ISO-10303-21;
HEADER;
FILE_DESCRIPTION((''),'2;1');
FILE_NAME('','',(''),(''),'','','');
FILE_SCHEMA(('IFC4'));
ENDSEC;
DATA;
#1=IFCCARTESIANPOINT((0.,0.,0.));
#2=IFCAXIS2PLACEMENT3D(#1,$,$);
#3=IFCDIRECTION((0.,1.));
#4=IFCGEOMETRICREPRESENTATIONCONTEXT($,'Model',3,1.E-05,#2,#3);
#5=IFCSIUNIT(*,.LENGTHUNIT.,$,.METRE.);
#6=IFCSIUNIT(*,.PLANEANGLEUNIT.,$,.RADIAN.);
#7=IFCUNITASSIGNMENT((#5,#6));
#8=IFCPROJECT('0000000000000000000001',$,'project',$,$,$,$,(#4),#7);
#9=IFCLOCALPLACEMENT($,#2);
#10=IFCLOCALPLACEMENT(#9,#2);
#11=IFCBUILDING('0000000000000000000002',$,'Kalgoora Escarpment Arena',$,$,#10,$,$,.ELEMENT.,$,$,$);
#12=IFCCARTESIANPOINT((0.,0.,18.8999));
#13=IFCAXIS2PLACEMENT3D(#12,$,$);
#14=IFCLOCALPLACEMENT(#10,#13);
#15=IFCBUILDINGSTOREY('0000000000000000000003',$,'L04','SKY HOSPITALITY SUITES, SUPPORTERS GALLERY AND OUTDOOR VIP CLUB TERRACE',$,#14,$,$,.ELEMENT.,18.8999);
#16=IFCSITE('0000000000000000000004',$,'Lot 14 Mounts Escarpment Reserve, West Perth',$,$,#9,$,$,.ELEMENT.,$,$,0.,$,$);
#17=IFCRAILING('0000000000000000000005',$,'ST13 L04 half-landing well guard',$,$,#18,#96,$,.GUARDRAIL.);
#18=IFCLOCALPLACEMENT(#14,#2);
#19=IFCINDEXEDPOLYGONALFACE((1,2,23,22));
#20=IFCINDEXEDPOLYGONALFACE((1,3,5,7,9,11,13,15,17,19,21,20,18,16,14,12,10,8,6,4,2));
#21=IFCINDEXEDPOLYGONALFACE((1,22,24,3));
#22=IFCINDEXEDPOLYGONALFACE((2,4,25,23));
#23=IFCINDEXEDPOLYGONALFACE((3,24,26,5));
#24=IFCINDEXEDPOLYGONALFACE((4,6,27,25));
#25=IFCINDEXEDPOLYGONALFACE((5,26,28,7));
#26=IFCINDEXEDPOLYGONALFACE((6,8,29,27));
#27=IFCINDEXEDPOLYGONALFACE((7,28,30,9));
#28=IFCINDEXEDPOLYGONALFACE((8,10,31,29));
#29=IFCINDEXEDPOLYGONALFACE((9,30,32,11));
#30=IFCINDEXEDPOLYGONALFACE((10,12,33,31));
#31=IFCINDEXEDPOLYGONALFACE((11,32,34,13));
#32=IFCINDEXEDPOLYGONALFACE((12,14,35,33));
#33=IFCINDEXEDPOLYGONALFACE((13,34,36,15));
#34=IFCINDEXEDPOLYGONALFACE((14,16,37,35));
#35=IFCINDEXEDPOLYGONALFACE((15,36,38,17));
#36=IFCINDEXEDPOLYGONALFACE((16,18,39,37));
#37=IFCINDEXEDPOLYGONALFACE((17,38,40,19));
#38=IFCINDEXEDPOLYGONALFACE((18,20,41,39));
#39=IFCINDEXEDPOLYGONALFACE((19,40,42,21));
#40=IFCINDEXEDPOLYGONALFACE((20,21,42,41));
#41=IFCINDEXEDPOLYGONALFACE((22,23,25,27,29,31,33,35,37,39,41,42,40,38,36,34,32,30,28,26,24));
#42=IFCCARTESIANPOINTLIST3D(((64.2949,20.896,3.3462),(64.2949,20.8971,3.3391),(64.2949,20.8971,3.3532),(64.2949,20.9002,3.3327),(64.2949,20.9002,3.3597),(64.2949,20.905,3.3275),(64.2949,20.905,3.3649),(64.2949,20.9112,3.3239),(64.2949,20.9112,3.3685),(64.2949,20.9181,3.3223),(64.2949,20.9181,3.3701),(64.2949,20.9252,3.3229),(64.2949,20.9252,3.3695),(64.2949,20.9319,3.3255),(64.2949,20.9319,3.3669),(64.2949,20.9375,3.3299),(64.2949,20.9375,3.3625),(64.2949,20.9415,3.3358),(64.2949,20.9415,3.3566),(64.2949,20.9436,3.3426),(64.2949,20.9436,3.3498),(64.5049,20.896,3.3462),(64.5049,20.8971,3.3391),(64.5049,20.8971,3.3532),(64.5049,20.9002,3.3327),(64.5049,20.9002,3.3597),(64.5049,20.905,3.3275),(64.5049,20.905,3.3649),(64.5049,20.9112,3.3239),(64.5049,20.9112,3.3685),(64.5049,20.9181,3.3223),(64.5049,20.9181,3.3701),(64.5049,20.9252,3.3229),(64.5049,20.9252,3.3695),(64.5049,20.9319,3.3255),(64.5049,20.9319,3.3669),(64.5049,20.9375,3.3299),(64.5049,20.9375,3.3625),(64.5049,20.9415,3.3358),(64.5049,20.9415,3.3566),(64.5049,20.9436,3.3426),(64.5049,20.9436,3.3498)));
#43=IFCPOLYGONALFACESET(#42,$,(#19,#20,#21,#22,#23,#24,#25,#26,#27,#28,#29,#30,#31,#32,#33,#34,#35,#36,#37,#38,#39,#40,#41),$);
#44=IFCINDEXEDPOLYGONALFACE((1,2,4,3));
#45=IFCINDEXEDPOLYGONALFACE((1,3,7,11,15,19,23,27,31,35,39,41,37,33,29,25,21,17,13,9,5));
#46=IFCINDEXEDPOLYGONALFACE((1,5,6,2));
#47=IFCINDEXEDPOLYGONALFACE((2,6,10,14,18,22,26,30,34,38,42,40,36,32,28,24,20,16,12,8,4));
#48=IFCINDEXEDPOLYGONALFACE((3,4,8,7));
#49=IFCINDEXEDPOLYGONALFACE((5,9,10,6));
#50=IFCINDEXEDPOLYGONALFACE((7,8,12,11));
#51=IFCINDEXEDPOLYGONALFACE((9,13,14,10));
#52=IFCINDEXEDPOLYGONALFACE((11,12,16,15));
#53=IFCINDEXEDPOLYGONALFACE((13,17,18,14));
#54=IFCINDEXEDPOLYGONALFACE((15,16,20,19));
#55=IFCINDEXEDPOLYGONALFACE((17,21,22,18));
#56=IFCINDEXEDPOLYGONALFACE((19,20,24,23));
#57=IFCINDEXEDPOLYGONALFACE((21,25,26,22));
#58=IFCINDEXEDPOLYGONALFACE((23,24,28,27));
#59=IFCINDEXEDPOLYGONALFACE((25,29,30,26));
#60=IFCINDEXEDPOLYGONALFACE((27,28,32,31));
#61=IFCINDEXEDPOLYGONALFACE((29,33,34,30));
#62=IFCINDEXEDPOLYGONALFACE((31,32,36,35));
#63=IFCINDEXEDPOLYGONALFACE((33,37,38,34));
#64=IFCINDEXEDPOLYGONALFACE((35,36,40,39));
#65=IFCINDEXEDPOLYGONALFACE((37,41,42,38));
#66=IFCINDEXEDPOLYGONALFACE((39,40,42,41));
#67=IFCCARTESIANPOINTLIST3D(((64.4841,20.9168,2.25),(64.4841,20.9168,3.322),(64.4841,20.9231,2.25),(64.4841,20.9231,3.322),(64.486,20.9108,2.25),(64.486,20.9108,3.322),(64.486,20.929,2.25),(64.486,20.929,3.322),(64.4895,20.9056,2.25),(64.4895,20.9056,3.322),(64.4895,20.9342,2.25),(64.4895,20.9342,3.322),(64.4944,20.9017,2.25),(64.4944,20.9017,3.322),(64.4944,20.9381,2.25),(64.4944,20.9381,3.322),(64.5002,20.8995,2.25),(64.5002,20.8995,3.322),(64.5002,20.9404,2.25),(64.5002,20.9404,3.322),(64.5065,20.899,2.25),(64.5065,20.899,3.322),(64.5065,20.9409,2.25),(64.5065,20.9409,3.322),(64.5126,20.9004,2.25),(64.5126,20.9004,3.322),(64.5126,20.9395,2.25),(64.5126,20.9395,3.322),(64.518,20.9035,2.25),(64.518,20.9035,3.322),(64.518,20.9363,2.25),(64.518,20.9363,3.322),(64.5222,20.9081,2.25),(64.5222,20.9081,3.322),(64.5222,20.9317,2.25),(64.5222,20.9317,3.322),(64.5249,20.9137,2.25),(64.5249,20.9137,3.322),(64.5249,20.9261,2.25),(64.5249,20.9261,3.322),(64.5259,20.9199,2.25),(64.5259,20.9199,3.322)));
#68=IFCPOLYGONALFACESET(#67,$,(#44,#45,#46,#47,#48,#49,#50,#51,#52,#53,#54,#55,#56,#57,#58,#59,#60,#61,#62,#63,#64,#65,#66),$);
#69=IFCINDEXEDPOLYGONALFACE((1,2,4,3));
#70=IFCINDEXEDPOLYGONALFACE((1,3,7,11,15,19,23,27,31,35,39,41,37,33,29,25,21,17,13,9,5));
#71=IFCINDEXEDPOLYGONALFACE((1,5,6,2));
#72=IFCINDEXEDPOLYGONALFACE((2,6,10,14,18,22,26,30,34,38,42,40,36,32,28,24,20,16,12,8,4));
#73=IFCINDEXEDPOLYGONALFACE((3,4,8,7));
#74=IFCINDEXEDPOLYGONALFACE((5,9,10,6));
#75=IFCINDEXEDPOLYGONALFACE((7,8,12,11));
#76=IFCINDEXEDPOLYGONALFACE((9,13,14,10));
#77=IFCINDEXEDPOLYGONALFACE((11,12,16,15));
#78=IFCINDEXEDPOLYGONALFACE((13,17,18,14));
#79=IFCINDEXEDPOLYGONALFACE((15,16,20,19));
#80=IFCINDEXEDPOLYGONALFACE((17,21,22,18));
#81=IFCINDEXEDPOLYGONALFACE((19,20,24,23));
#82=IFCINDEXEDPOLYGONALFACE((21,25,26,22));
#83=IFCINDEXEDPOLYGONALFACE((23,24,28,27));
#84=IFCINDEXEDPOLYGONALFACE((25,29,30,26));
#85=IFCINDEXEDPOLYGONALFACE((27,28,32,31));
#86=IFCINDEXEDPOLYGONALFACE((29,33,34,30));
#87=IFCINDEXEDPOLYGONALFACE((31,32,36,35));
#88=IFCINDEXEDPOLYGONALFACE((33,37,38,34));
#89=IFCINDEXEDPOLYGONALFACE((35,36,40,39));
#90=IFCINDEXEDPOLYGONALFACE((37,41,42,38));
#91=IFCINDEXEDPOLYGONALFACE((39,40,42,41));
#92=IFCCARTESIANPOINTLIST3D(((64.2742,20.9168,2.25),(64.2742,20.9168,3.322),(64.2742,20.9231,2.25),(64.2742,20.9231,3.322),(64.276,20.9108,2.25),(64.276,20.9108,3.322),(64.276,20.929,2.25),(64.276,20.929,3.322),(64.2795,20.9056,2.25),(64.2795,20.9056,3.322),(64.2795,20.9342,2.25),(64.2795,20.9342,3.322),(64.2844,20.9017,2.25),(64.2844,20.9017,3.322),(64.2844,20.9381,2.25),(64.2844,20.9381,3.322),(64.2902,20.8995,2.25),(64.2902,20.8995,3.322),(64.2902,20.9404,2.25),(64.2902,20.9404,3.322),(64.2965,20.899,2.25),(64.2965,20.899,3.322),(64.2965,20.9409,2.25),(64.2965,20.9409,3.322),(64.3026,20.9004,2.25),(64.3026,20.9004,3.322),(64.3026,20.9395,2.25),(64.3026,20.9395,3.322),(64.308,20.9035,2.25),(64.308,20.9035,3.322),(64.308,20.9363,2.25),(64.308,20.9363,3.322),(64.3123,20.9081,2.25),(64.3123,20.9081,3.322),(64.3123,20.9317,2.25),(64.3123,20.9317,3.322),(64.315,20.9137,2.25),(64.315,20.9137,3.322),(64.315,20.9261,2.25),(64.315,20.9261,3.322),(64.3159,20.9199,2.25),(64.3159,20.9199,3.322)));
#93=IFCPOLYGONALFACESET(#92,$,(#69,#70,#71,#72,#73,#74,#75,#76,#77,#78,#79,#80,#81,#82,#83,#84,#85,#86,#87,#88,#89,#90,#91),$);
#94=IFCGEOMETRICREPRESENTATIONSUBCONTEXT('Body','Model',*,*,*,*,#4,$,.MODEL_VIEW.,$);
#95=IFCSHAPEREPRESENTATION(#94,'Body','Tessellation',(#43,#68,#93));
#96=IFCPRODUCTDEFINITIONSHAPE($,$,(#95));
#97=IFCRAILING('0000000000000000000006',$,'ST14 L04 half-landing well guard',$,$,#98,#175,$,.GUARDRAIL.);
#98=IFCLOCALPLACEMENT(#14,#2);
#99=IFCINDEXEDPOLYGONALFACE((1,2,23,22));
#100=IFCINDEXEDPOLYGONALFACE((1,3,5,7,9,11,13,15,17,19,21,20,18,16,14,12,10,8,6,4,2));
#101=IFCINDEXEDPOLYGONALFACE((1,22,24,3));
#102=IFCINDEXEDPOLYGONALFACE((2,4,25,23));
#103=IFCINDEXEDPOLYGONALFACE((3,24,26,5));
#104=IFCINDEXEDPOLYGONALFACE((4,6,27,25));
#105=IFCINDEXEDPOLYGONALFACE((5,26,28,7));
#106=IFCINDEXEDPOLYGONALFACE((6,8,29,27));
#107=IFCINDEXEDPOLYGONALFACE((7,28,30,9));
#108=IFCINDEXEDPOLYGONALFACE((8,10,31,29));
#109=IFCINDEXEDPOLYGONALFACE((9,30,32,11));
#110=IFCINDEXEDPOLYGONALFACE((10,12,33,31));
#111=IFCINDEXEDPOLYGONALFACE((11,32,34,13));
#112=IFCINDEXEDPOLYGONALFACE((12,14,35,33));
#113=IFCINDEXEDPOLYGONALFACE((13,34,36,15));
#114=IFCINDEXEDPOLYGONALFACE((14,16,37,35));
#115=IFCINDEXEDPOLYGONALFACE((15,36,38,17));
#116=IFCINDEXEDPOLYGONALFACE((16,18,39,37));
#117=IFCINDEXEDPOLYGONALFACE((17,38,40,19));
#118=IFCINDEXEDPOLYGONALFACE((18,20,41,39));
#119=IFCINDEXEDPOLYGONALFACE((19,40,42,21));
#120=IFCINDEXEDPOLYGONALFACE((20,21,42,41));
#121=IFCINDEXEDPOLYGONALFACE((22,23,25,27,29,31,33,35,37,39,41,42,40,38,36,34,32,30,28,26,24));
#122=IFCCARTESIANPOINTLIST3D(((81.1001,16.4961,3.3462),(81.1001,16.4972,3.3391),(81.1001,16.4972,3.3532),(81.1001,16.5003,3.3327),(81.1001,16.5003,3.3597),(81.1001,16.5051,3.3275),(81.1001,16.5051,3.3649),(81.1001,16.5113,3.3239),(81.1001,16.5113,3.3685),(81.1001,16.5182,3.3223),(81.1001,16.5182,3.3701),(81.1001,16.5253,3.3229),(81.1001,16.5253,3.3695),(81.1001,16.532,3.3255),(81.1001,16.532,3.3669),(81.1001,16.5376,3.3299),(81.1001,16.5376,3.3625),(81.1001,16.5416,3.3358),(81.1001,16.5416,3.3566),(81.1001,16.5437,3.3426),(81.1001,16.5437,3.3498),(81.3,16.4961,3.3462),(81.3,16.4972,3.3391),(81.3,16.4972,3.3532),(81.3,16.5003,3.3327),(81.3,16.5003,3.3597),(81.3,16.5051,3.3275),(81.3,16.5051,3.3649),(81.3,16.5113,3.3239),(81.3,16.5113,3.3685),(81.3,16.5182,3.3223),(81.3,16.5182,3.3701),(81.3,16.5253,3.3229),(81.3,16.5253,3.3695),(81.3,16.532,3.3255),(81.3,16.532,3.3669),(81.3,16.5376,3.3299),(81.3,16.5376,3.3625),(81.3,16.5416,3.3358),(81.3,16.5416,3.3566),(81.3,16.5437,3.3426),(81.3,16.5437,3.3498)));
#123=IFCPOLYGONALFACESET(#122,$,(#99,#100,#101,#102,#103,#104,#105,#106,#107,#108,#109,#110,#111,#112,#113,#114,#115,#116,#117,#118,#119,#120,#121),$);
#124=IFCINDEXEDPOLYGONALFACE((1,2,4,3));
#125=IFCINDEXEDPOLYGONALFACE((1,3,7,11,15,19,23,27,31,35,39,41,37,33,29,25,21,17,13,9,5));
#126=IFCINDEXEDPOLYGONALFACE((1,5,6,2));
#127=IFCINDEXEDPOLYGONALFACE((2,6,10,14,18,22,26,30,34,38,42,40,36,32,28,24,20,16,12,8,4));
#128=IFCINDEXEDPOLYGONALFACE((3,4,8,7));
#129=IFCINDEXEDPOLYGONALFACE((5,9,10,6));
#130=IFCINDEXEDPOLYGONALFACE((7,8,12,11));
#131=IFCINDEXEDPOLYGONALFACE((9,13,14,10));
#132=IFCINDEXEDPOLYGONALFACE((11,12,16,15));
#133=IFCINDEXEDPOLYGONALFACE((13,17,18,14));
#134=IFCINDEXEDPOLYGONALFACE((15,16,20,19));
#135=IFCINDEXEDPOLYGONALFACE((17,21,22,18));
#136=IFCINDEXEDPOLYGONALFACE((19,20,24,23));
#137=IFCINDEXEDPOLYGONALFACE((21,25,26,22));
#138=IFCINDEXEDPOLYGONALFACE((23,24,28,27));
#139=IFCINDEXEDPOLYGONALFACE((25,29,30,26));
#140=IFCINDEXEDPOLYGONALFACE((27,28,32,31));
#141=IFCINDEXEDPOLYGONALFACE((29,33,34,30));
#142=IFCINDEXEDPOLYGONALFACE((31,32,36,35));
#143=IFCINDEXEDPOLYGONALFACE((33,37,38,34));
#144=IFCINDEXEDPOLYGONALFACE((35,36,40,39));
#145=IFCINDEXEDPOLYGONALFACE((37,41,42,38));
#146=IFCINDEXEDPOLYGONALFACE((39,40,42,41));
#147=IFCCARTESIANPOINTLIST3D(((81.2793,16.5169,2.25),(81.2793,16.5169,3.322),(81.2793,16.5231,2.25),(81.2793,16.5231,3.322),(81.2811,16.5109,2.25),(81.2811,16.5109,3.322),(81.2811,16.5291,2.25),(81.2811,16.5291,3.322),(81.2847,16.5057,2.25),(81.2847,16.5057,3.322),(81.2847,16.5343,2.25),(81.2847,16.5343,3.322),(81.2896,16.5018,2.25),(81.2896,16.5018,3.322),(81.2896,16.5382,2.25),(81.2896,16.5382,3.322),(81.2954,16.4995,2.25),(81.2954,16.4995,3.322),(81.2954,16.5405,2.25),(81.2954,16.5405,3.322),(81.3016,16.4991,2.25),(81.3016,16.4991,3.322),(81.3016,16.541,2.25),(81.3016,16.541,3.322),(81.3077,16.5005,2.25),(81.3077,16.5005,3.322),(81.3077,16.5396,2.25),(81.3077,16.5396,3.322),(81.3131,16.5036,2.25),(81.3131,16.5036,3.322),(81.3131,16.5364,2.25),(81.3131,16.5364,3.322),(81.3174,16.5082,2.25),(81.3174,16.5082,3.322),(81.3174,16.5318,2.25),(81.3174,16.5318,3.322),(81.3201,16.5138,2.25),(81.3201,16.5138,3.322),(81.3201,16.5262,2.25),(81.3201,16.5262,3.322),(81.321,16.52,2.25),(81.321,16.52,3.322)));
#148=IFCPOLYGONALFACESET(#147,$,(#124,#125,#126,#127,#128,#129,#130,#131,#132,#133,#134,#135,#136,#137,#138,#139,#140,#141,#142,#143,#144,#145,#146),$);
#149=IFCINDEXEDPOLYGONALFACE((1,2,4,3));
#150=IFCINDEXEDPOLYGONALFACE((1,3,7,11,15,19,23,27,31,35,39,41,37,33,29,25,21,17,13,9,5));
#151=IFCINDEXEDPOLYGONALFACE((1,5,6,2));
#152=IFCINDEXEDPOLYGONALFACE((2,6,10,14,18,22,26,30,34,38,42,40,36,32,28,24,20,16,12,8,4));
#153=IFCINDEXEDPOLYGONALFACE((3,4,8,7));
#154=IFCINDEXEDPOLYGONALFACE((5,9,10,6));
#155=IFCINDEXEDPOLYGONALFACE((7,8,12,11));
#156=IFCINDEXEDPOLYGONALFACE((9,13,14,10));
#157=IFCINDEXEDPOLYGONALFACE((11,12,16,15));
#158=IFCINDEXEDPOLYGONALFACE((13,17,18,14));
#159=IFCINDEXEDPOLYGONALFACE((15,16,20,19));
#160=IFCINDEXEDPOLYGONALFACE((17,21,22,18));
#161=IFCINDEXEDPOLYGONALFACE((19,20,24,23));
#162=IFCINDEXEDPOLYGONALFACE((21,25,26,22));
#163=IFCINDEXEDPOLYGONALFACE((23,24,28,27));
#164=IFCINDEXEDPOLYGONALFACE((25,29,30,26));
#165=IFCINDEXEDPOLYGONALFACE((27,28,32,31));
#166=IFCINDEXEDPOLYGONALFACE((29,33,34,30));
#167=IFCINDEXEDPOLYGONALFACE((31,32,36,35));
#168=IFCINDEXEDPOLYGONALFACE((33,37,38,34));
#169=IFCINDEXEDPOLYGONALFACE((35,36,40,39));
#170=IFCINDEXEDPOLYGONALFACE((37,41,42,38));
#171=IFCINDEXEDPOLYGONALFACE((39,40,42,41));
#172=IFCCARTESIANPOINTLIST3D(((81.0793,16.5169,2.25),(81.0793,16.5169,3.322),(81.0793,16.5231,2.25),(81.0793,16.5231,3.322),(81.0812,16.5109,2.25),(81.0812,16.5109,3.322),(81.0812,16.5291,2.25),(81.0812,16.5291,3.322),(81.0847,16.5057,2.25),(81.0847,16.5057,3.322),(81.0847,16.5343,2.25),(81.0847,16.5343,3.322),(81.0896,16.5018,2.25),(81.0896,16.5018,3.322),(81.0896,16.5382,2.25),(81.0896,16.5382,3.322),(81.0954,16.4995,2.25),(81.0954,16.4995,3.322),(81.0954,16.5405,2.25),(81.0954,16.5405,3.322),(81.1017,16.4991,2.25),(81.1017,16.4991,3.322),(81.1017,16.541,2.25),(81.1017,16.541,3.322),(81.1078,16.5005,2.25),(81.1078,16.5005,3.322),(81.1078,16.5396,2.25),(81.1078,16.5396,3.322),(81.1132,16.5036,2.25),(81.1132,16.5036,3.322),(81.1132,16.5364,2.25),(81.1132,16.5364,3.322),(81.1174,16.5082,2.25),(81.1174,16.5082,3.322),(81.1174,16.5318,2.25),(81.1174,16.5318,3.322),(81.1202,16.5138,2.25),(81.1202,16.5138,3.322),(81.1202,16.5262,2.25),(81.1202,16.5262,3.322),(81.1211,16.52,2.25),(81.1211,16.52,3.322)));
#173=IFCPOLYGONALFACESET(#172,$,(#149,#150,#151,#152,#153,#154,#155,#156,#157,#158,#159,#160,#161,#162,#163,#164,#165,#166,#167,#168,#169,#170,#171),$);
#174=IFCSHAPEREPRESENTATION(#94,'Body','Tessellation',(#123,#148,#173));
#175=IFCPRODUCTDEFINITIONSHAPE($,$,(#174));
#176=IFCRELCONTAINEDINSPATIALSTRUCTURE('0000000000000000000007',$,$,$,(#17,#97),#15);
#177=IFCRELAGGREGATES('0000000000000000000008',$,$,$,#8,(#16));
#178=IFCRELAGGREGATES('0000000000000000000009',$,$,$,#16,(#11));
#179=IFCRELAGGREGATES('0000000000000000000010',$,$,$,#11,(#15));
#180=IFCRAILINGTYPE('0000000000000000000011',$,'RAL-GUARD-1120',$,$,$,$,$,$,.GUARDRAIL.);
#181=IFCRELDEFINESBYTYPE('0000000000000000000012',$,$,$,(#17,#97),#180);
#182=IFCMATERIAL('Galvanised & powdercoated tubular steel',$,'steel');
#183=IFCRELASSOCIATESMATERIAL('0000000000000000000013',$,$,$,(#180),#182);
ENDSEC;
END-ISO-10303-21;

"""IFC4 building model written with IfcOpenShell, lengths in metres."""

from ifc_helpers import new_model, si_unit, direction, frame, origin, origin_2d, place, context, subcontext, project, spatial, circle, extrude, material, type_object, element, save


model = new_model("IFC4")

# Units and contexts
model_context = context("Model", 3, precision=1e-05, world=origin(), true_north=direction((0.0, 1.0)))
body_context = subcontext(model_context, "Body", "Model", "MODEL_VIEW")
ifc_project = project(units=[si_unit("LENGTHUNIT", "METRE"), si_unit("PLANEANGLEUNIT", "RADIAN")], contexts=[model_context])

# Site, building, storey
site_placement = place(None, origin())
site = spatial("IfcSite", under=ifc_project, at=site_placement, Name="Lot 14 Mounts Escarpment Reserve, West Perth", CompositionType="ELEMENT", RefElevation=0.0)
building_placement = place(site_placement, origin())
building = spatial("IfcBuilding", under=site, at=building_placement, Name="Kalgoora Escarpment Arena", CompositionType="ELEMENT")
storey_placement = place(building_placement, frame((0.0, 0.0, 18.8999)))
storey = spatial("IfcBuildingStorey", under=building, at=storey_placement, Name="L04", Description="SKY HOSPITALITY SUITES, SUPPORTERS GALLERY AND OUTDOOR VIP CLUB TERRACE", CompositionType="ELEMENT", Elevation=18.8999)

# Railings
ifc_material_1 = material(Name="Galvanised & powdercoated tubular steel", Category="steel")
railing_type_1 = type_object("IfcRailingType", Name="RAL-GUARD-1120", PredefinedType="GUARDRAIL", material=ifc_material_1)
railing_1_placement = place(storey_placement, frame((64.5049, 20.9199, 2.25)))
element("IfcRailing", 1, at=railing_1_placement, inside=storey, type_object=railing_type_1, Name="ST13 L04 half-landing well guard", PredefinedType="GUARDRAIL", context=body_context, shape_type="SweptSolid", body=[
    extrude(circle(Radius=0.0239, at=origin_2d()), frame((0.0, 0.0, 1.0962), z_axis=(-1.0, 0.0, 0.0), x_axis=(0.0, -1.0, 0.0)), (0.0, 0.0, 1.0), 0.21),
    extrude(circle(Radius=0.021, at=origin_2d()), origin(), (0.0, 0.0, 1.0), 1.072),
    extrude(circle(Radius=0.021, at=origin_2d()), frame((-0.21, 0.0, 0.0)), (0.0, 0.0, 1.0), 1.072),
])
railing_2_placement = place(storey_placement, frame((81.3, 16.52, 2.25)))
element("IfcRailing", 2, at=railing_2_placement, inside=storey, type_object=railing_type_1, Name="ST14 L04 half-landing well guard", PredefinedType="GUARDRAIL", context=body_context, shape_type="SweptSolid", body=[
    extrude(circle(Radius=0.0239, at=origin_2d()), frame((0.0, 0.0, 1.0962), z_axis=(-1.0, 0.0, 0.0), x_axis=(0.0, -1.0, 0.0)), (0.0, 0.0, 1.0), 0.2),
    extrude(circle(Radius=0.021, at=origin_2d()), origin(), (0.0, 0.0, 1.0), 1.072),
    extrude(circle(Radius=0.021, at=origin_2d()), frame((-0.2, 0.0, 0.0)), (0.0, 0.0, 1.0), 1.072),
])

save(model, "model.ifc")
